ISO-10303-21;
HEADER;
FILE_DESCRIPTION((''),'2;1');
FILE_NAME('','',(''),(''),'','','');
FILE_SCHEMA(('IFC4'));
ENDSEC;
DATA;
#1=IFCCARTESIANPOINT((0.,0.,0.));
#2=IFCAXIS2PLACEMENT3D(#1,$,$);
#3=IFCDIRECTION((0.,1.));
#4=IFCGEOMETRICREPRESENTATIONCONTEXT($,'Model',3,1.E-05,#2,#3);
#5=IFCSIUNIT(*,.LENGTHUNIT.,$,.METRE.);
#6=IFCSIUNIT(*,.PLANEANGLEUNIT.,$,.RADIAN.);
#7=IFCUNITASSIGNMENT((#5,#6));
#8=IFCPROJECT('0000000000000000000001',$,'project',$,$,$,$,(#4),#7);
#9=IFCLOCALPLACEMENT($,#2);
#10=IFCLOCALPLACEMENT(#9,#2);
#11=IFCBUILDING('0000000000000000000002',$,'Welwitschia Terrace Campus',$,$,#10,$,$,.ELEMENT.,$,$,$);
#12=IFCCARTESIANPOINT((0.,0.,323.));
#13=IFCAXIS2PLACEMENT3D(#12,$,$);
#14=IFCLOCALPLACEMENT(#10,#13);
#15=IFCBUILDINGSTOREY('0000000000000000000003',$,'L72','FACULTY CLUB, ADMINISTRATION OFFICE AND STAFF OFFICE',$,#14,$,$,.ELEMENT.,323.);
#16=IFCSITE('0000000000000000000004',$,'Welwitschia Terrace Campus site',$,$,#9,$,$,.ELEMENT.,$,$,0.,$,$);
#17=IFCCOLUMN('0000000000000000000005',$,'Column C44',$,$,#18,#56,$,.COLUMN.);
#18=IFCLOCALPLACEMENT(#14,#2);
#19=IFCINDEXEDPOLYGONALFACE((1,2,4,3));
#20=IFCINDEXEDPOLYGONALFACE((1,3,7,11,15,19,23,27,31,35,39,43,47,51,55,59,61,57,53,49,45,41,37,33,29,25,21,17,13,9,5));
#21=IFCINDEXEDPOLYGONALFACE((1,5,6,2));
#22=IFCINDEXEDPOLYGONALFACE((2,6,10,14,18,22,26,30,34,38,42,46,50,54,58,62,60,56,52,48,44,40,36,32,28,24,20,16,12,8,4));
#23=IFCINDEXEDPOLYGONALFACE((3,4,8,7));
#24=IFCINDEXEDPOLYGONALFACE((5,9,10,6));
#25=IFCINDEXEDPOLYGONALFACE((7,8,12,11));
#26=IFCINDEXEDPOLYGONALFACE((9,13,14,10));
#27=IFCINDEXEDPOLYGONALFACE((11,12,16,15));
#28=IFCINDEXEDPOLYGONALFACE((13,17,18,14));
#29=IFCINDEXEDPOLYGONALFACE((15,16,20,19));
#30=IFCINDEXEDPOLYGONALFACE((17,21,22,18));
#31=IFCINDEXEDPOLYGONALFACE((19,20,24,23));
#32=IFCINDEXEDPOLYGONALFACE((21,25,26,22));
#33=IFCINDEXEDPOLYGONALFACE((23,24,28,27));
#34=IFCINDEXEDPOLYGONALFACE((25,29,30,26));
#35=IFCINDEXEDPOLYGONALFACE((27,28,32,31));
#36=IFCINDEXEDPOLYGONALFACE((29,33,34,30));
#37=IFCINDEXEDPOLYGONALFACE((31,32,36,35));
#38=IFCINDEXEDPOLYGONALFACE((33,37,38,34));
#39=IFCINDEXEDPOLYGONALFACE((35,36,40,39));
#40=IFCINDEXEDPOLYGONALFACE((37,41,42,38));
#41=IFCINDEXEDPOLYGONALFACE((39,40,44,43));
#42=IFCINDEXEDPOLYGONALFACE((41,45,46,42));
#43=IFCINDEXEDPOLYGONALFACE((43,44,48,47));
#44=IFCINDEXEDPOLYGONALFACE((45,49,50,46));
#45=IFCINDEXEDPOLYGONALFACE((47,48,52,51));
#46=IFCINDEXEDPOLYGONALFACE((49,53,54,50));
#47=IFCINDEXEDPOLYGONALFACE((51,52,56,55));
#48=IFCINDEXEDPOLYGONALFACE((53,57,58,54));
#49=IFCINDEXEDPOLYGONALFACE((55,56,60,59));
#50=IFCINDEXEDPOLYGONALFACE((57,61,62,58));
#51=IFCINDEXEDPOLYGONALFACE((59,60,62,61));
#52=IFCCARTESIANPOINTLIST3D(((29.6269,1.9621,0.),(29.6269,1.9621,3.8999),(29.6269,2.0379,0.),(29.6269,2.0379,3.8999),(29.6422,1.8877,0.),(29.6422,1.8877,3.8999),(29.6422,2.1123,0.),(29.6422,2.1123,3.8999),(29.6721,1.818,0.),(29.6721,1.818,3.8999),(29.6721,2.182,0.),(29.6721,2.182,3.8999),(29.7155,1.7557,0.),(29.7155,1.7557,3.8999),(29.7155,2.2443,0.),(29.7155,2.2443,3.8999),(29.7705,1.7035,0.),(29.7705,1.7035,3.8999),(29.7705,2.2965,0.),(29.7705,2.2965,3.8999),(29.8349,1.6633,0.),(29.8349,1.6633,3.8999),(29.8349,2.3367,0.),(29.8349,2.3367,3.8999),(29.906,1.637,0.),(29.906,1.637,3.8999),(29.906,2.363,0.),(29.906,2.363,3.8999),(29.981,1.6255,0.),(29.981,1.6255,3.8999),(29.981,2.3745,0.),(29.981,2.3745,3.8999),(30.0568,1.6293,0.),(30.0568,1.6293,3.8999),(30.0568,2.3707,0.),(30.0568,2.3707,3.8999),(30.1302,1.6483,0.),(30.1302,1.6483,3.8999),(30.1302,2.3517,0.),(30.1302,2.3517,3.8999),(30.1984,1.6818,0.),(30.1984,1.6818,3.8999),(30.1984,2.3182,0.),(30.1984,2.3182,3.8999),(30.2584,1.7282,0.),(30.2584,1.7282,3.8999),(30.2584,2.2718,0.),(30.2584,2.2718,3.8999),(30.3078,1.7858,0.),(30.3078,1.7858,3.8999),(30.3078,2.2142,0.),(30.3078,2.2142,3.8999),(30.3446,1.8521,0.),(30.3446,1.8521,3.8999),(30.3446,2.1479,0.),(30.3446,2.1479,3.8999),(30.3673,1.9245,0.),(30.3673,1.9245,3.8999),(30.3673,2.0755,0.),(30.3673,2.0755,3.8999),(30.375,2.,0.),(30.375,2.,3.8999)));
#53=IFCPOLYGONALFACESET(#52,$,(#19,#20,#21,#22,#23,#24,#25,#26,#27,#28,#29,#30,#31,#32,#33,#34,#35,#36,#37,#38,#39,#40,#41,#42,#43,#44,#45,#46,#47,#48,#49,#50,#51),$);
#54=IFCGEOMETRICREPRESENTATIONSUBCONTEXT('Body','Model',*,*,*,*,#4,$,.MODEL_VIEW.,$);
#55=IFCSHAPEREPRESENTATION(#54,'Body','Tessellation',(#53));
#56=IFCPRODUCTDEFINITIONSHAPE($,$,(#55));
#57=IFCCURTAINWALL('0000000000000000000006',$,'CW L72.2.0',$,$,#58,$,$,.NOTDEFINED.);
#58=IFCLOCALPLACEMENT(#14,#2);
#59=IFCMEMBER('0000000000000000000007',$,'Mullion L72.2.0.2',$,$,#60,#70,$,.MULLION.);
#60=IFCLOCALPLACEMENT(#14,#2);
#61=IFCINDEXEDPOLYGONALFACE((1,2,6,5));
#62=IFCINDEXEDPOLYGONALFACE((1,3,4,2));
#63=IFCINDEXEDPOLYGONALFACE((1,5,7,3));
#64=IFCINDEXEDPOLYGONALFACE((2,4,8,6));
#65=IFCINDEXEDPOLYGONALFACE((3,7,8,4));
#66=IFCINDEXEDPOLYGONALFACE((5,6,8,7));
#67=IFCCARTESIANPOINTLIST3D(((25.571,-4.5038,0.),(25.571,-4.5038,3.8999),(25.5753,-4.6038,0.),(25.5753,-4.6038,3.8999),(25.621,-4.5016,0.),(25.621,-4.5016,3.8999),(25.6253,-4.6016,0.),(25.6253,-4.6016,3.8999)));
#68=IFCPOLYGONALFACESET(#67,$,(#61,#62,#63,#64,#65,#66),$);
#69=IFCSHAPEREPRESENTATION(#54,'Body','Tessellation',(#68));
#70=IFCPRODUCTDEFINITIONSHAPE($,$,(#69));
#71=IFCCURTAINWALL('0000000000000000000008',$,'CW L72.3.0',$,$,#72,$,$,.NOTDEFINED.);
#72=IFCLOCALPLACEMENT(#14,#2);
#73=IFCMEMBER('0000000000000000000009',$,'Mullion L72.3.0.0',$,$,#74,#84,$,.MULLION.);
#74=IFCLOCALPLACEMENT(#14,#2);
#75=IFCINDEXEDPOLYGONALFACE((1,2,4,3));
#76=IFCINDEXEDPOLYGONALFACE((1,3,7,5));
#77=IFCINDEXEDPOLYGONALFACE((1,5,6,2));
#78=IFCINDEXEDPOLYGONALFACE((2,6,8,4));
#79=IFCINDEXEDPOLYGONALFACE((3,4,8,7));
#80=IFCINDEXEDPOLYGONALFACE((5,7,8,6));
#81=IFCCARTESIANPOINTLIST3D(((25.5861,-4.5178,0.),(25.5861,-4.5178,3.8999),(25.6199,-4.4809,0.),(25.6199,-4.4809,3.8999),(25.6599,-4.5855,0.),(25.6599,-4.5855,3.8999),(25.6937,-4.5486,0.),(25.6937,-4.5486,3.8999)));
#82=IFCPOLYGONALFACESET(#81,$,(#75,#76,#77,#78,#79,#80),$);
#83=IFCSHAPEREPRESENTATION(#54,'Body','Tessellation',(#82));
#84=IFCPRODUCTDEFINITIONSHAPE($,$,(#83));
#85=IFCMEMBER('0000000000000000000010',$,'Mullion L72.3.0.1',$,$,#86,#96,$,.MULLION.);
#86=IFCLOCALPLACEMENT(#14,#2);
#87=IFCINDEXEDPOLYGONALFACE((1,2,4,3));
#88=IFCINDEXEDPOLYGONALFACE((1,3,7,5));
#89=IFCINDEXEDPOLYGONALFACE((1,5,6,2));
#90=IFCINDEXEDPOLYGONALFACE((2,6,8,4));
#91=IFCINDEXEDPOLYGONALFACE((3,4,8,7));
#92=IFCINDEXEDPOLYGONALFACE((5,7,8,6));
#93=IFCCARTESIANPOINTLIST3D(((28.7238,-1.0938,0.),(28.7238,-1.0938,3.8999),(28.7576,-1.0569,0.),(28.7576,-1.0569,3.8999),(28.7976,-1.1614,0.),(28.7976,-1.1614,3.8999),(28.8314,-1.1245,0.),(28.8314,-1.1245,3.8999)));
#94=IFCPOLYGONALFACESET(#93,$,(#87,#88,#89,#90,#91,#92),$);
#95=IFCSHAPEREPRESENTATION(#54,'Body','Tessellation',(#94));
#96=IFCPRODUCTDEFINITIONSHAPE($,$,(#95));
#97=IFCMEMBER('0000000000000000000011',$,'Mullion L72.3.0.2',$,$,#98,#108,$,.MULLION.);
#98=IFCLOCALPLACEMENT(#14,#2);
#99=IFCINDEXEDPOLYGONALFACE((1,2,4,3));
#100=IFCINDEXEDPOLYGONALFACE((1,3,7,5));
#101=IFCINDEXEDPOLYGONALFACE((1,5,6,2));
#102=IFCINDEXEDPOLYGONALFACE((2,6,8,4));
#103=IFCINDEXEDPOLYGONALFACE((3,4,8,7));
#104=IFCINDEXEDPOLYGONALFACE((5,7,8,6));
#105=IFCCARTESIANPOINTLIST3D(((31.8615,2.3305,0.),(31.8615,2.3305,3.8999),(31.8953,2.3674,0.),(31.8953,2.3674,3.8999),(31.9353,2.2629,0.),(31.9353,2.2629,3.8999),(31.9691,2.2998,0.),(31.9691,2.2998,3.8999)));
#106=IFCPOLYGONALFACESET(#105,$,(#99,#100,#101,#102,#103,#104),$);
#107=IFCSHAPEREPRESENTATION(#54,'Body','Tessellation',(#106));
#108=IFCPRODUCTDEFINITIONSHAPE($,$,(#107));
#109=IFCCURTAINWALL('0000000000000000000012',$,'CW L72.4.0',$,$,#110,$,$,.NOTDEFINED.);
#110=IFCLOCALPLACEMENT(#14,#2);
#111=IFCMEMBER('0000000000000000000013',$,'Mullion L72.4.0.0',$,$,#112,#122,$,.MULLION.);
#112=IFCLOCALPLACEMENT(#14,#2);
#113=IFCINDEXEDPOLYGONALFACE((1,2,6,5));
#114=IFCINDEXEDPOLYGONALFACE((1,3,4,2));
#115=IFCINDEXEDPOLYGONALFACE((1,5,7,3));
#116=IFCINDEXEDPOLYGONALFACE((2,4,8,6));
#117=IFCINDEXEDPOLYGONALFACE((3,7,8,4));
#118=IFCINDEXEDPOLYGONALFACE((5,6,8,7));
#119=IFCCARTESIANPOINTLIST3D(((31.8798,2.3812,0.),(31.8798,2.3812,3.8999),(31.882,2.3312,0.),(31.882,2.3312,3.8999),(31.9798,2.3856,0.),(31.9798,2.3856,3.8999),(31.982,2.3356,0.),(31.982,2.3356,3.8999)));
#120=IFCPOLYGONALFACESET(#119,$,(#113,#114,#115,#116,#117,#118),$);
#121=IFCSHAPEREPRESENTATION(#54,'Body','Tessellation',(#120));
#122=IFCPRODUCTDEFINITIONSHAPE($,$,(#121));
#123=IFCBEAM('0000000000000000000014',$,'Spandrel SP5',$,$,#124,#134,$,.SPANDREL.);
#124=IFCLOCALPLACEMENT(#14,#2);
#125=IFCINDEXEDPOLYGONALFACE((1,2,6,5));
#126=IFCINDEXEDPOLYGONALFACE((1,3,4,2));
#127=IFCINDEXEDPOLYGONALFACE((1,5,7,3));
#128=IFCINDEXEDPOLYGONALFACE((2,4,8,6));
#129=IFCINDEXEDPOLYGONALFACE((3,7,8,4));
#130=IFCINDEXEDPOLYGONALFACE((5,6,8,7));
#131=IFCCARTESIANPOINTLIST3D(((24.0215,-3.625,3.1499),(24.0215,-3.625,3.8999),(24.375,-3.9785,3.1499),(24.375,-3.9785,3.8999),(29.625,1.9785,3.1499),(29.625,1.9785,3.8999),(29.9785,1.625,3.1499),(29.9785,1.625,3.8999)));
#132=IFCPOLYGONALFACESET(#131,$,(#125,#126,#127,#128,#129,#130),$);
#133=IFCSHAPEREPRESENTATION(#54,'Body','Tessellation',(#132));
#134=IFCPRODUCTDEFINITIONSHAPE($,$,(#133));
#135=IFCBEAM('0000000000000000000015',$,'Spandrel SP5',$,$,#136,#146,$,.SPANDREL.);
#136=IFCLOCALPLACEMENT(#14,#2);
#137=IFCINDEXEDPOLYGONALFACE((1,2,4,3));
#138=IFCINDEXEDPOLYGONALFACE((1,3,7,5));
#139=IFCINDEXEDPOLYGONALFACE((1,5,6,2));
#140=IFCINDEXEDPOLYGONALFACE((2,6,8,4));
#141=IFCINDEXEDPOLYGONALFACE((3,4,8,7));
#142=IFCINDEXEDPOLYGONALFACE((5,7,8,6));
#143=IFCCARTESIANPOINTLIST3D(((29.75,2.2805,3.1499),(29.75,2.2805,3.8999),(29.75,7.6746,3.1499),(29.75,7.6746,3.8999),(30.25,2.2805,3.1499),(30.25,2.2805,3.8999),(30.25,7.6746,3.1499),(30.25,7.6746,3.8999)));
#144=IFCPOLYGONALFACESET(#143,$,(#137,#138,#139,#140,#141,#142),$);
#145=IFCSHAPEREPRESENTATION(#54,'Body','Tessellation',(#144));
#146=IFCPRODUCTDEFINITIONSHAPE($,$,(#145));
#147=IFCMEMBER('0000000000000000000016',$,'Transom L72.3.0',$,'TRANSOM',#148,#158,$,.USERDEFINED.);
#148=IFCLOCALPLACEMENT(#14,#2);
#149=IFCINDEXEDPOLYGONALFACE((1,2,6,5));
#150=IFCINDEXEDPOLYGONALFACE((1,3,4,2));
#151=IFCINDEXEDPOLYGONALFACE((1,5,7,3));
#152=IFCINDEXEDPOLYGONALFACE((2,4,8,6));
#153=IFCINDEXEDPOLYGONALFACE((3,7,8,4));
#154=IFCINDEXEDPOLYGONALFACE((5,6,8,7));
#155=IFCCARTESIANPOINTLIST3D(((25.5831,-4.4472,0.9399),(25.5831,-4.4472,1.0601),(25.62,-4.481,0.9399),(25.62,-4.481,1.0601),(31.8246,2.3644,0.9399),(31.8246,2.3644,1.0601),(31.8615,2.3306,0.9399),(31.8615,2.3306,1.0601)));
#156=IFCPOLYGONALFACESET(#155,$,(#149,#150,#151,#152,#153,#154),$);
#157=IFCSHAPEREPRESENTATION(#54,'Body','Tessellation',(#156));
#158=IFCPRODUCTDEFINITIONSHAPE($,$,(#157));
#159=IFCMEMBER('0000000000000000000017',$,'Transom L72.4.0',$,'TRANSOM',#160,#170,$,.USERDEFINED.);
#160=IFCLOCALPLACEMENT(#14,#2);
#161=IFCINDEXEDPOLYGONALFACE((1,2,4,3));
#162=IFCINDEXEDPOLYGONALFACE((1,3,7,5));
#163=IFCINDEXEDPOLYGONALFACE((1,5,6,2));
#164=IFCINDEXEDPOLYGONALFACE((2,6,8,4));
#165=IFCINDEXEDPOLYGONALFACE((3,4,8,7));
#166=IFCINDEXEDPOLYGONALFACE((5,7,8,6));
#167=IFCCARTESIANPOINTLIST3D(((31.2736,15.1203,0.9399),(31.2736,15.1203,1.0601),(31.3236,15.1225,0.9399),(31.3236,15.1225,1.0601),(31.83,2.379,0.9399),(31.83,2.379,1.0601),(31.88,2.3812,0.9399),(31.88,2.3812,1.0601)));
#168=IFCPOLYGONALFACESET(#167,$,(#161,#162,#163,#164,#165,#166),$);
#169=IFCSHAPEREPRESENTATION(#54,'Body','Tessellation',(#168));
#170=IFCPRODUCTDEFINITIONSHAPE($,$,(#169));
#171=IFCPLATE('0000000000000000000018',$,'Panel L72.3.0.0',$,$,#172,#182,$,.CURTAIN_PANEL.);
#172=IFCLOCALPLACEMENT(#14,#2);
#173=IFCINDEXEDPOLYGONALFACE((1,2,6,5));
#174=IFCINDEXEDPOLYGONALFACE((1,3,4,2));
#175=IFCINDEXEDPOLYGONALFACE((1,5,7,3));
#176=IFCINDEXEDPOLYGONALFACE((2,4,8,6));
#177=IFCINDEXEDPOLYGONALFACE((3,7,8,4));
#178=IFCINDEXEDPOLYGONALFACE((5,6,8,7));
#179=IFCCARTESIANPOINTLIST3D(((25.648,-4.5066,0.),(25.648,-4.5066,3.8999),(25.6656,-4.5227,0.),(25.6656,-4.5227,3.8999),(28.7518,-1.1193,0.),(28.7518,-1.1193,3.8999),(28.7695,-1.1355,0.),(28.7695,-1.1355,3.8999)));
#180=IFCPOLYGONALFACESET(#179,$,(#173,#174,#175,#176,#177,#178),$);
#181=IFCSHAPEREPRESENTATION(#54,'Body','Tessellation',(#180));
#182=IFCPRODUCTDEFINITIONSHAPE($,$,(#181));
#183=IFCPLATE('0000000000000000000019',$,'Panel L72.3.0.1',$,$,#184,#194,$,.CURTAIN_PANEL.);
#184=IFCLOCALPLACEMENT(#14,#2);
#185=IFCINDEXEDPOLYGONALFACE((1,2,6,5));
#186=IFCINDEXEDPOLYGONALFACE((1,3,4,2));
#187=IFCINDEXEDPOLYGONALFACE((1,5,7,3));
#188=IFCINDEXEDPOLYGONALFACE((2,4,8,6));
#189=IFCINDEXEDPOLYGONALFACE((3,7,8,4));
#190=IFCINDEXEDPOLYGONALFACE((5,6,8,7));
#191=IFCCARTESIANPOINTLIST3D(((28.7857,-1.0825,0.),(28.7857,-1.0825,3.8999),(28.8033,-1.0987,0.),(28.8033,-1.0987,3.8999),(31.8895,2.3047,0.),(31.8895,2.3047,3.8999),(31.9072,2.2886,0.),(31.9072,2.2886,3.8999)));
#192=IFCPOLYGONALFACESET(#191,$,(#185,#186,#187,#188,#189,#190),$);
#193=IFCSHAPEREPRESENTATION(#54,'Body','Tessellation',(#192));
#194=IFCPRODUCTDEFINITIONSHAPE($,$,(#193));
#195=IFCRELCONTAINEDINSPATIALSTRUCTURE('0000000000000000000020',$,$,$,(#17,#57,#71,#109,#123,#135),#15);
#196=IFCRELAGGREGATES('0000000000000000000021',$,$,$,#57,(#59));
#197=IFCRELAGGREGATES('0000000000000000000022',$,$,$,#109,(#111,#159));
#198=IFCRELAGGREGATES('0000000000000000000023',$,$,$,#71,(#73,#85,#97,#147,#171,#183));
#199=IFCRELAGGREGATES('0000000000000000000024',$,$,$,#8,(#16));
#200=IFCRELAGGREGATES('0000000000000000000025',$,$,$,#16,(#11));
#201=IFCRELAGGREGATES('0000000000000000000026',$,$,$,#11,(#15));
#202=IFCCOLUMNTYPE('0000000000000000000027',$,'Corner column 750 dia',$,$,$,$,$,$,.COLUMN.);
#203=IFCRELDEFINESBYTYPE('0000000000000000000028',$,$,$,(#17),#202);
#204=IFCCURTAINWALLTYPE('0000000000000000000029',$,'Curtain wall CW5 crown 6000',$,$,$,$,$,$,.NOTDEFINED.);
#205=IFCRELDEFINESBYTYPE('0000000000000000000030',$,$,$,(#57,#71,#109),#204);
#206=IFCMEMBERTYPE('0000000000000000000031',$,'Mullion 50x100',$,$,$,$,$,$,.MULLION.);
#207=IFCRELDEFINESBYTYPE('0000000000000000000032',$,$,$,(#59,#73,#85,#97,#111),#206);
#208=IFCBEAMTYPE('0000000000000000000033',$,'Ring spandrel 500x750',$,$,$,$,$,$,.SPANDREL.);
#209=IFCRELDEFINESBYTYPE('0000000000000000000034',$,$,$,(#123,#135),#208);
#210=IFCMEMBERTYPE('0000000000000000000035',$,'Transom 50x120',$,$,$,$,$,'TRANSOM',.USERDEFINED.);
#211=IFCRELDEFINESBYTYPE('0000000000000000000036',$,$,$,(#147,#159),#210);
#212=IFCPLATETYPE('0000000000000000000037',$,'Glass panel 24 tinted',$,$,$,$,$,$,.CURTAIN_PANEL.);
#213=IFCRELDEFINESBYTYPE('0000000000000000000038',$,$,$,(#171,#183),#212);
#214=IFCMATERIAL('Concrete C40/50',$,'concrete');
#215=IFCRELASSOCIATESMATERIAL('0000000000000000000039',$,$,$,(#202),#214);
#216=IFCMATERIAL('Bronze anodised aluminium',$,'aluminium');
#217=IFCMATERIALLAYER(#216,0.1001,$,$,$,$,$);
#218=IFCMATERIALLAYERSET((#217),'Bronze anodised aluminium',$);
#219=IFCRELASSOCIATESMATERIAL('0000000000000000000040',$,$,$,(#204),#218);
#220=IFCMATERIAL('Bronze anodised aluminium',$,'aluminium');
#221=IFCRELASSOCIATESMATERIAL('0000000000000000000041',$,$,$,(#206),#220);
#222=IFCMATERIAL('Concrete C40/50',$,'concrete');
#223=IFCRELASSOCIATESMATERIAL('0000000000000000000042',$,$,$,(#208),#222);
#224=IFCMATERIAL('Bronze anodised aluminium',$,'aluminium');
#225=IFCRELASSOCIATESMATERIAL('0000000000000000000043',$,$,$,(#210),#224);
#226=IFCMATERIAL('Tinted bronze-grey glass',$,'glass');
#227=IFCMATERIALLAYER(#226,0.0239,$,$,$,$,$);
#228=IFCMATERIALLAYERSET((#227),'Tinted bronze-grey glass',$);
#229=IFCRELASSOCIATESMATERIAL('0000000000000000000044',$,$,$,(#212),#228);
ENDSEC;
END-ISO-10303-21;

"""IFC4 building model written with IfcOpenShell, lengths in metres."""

from ifc_helpers import new_model, si_unit, direction, frame, origin, origin_2d, place, context, subcontext, project, spatial, rectangle, circle, extrude, material, layer, layer_set, material_profile, profile_set, type_object, element, aggregate, save


model = new_model("IFC4")

# Units and contexts
model_context = context("Model", 3, precision=1e-05, world=origin(), true_north=direction((0.0, 1.0)))
body_context = subcontext(model_context, "Body", "Model", "MODEL_VIEW")
ifc_project = project(units=[si_unit("LENGTHUNIT", "METRE"), si_unit("PLANEANGLEUNIT", "RADIAN")], contexts=[model_context])

# Site, building, storey
site_placement = place(None, origin())
site = spatial("IfcSite", under=ifc_project, at=site_placement, Name="Welwitschia Terrace Campus site", CompositionType="ELEMENT", RefElevation=0.0)
building_placement = place(site_placement, origin())
building = spatial("IfcBuilding", under=site, at=building_placement, Name="Welwitschia Terrace Campus", CompositionType="ELEMENT")
storey_placement = place(building_placement, frame((0.0, 0.0, 323.0)))
storey = spatial("IfcBuildingStorey", under=building, at=storey_placement, Name="L72", Description="FACULTY CLUB, ADMINISTRATION OFFICE AND STAFF OFFICE", CompositionType="ELEMENT", Elevation=323.0)

# Column
ifc_material_1 = material(Name="Concrete C40/50", Category="concrete")
ifc_material_profile_1 = material_profile(ifc_material_1, circle(Radius=0.375, at=origin_2d()))
ifc_profile_set_1 = profile_set([ifc_material_profile_1], Name="Concrete C40/50")
column_type = type_object("IfcColumnType", Name="Corner column 750 dia", PredefinedType="COLUMN", material=ifc_profile_set_1)
column_placement = place(storey_placement, frame((30.0, 2.0, 0.0), z_axis=(0.0, 0.0, 1.0), x_axis=(1.0, 0.0, 0.0)))
element("IfcColumn", 1, at=column_placement, inside=storey, type_object=column_type, Name="Column C44", PredefinedType="COLUMN", context=body_context, shape_type="SweptSolid", body=[
    extrude(circle(Radius=0.375, at=origin_2d()), origin(), (0.0, 0.0, 1.0), 3.8999),
])

# Curtain wall, member
ifc_material_2 = material(Name="Bronze anodised aluminium", Category="aluminium")
ifc_layer_1 = layer(ifc_material_2, 0.1001)
ifc_layer_set_1 = layer_set([ifc_layer_1], Name="Bronze anodised aluminium")
curtain_wall_type = type_object("IfcCurtainWallType", Name="Curtain wall CW5 crown 6000", PredefinedType="NOTDEFINED", material=ifc_layer_set_1)
curtain_wall_1_placement = place(storey_placement, origin())
curtain_wall_1 = element("IfcCurtainWall", 2, at=curtain_wall_1_placement, inside=storey, type_object=curtain_wall_type, Name="CW L72.2.0", PredefinedType="NOTDEFINED")
ifc_material_3 = material(Name="Bronze anodised aluminium", Category="aluminium")
ifc_material_profile_2 = material_profile(ifc_material_3, rectangle(XDim=0.1001, YDim=0.05, at=origin_2d()))
ifc_profile_set_2 = profile_set([ifc_material_profile_2], Name="Bronze anodised aluminium")
member_type_1 = type_object("IfcMemberType", Name="Mullion 50x100", PredefinedType="MULLION", material=ifc_profile_set_2)
member_1_placement = place(storey_placement, frame((25.5981, -4.5527, 0.0), z_axis=(0.0, 0.0, 1.0), x_axis=(-0.043619, 0.999048, 0.0)))
member_1 = element("IfcMember", 3, at=member_1_placement, type_object=member_type_1, Name="Mullion L72.2.0.2", PredefinedType="MULLION", context=body_context, shape_type="SweptSolid", body=[
    extrude(rectangle(XDim=0.1001, YDim=0.05, at=origin_2d()), origin(), (0.0, 0.0, 1.0), 3.8999),
])
aggregate(curtain_wall_1, [member_1])

# Curtain wall, members
curtain_wall_2_placement = place(storey_placement, origin())
curtain_wall_2 = element("IfcCurtainWall", 4, at=curtain_wall_2_placement, inside=storey, type_object=curtain_wall_type, Name="CW L72.3.0", PredefinedType="NOTDEFINED")
member_2_placement = place(storey_placement, frame((25.6399, -4.5332, 0.0), z_axis=(0.0, 0.0, 1.0), x_axis=(-0.737277, 0.67559, 0.0)))
member_2 = element("IfcMember", 5, at=member_2_placement, type_object=member_type_1, Name="Mullion L72.3.0.0", PredefinedType="MULLION", context=body_context, shape_type="SweptSolid", body=[
    extrude(rectangle(XDim=0.1001, YDim=0.05, at=origin_2d()), origin(), (0.0, 0.0, 1.0), 3.8999),
])
member_3_placement = place(storey_placement, frame((28.7776, -1.1091, 0.0), z_axis=(0.0, 0.0, 1.0), x_axis=(-0.737277, 0.67559, 0.0)))
member_3 = element("IfcMember", 6, at=member_3_placement, type_object=member_type_1, Name="Mullion L72.3.0.1", PredefinedType="MULLION", context=body_context, shape_type="SweptSolid", body=[
    extrude(rectangle(XDim=0.1001, YDim=0.05, at=origin_2d()), origin(), (0.0, 0.0, 1.0), 3.8999),
])
member_4_placement = place(storey_placement, frame((31.9153, 2.3152, 0.0), z_axis=(0.0, 0.0, 1.0), x_axis=(-0.737277, 0.67559, 0.0)))
member_4 = element("IfcMember", 7, at=member_4_placement, type_object=member_type_1, Name="Mullion L72.3.0.2", PredefinedType="MULLION", context=body_context, shape_type="SweptSolid", body=[
    extrude(rectangle(XDim=0.1001, YDim=0.05, at=origin_2d()), origin(), (0.0, 0.0, 1.0), 3.8999),
])

# Curtain wall, member
curtain_wall_3_placement = place(storey_placement, origin())
curtain_wall_3 = element("IfcCurtainWall", 8, at=curtain_wall_3_placement, inside=storey, type_object=curtain_wall_type, Name="CW L72.4.0", PredefinedType="NOTDEFINED")
member_5_placement = place(storey_placement, frame((31.9309, 2.3584, 0.0), z_axis=(0.0, 0.0, 1.0), x_axis=(-0.999048, -0.043619, 0.0)))
member_5 = element("IfcMember", 9, at=member_5_placement, type_object=member_type_1, Name="Mullion L72.4.0.0", PredefinedType="MULLION", context=body_context, shape_type="SweptSolid", body=[
    extrude(rectangle(XDim=0.1001, YDim=0.05, at=origin_2d()), origin(), (0.0, 0.0, 1.0), 3.8999),
])

# Beams
ifc_material_4 = material(Name="Concrete C40/50", Category="concrete")
ifc_material_profile_3 = material_profile(ifc_material_4, rectangle(XDim=0.5, YDim=0.75, at=origin_2d()))
ifc_profile_set_3 = profile_set([ifc_material_profile_3], Name="Concrete C40/50")
beam_type = type_object("IfcBeamType", Name="Ring spandrel 500x750", PredefinedType="SPANDREL", material=ifc_profile_set_3)
beam_1_placement = place(storey_placement, frame((24.1982, -3.8018, 3.5249), z_axis=(0.707107, 0.707107, 0.0), x_axis=(-0.707107, 0.707107, 0.0)))
element("IfcBeam", 10, at=beam_1_placement, inside=storey, type_object=beam_type, Name="Spandrel SP5", PredefinedType="SPANDREL", context=body_context, shape_type="SweptSolid", body=[
    extrude(rectangle(XDim=0.5, YDim=0.75, at=origin_2d()), origin(), (0.0, 0.0, 1.0), 7.9246),
])
beam_2_placement = place(storey_placement, frame((30.0, 2.2805, 3.5249), z_axis=(0.0, 1.0, 0.0), x_axis=(-1.0, 0.0, 0.0)))
element("IfcBeam", 11, at=beam_2_placement, inside=storey, type_object=beam_type, Name="Spandrel SP5", PredefinedType="SPANDREL", context=body_context, shape_type="SweptSolid", body=[
    extrude(rectangle(XDim=0.5, YDim=0.75, at=origin_2d()), origin(), (0.0, 0.0, 1.0), 5.394),
])

# Members
ifc_material_5 = material(Name="Bronze anodised aluminium", Category="aluminium")
ifc_material_profile_4 = material_profile(ifc_material_5, rectangle(XDim=0.05, YDim=0.1201, at=origin_2d()))
ifc_profile_set_4 = profile_set([ifc_material_profile_4], Name="Bronze anodised aluminium")
member_type_2 = type_object("IfcMemberType", Name="Transom 50x120", ElementType="TRANSOM", PredefinedType="USERDEFINED", material=ifc_profile_set_4)
member_6_placement = place(storey_placement, frame((25.6016, -4.4641, 1.0), z_axis=(0.675581, 0.737286, 0.0), x_axis=(-0.737286, 0.675581, 0.0)))
member_6 = element("IfcMember", 12, at=member_6_placement, type_object=member_type_2, Name="Transom L72.3.0", ObjectType="TRANSOM", PredefinedType="USERDEFINED", context=body_context, shape_type="SweptSolid", body=[
    extrude(rectangle(XDim=0.05, YDim=0.1201, at=origin_2d()), origin(), (0.0, 0.0, 1.0), 9.2388),
])
member_7_placement = place(storey_placement, frame((31.855, 2.3801, 1.0), z_axis=(-0.043627, 0.999048, 0.0), x_axis=(-0.999048, -0.043627, 0.0)))
member_7 = element("IfcMember", 13, at=member_7_placement, type_object=member_type_2, Name="Transom L72.4.0", ObjectType="TRANSOM", PredefinedType="USERDEFINED", context=body_context, shape_type="SweptSolid", body=[
    extrude(rectangle(XDim=0.05, YDim=0.1201, at=origin_2d()), origin(), (0.0, 0.0, 1.0), 12.7534),
])
aggregate(curtain_wall_3, [member_5, member_7])

# Plates
ifc_material_6 = material(Name="Tinted bronze-grey glass", Category="glass")
ifc_layer_2 = layer(ifc_material_6, 0.0239)
ifc_layer_set_2 = layer_set([ifc_layer_2], Name="Tinted bronze-grey glass")
plate_type = type_object("IfcPlateType", Name="Glass panel 24 tinted", PredefinedType="CURTAIN_PANEL", material=ifc_layer_set_2)
plate_1_placement = place(storey_placement, frame((27.2087, -2.821, 0.0), z_axis=(0.0, 0.0, 1.0), x_axis=(0.67559, 0.737277, 0.0)))
plate_1 = element("IfcPlate", 14, at=plate_1_placement, type_object=plate_type, Name="Panel L72.3.0.0", PredefinedType="CURTAIN_PANEL", context=body_context, shape_type="SweptSolid", body=[
    extrude(rectangle(XDim=4.5942, YDim=0.0239, at=origin_2d()), origin(), (0.0, 0.0, 1.0), 3.8999),
])
plate_2_placement = place(storey_placement, frame((30.3464, 0.603, 0.0), z_axis=(0.0, 0.0, 1.0), x_axis=(0.67559, 0.737277, 0.0)))
plate_2 = element("IfcPlate", 15, at=plate_2_placement, type_object=plate_type, Name="Panel L72.3.0.1", PredefinedType="CURTAIN_PANEL", context=body_context, shape_type="SweptSolid", body=[
    extrude(rectangle(XDim=4.5942, YDim=0.0239, at=origin_2d()), origin(), (0.0, 0.0, 1.0), 3.8999),
])
aggregate(curtain_wall_2, [member_2, member_3, member_4, member_6, plate_1, plate_2])

save(model, "model.ifc")
